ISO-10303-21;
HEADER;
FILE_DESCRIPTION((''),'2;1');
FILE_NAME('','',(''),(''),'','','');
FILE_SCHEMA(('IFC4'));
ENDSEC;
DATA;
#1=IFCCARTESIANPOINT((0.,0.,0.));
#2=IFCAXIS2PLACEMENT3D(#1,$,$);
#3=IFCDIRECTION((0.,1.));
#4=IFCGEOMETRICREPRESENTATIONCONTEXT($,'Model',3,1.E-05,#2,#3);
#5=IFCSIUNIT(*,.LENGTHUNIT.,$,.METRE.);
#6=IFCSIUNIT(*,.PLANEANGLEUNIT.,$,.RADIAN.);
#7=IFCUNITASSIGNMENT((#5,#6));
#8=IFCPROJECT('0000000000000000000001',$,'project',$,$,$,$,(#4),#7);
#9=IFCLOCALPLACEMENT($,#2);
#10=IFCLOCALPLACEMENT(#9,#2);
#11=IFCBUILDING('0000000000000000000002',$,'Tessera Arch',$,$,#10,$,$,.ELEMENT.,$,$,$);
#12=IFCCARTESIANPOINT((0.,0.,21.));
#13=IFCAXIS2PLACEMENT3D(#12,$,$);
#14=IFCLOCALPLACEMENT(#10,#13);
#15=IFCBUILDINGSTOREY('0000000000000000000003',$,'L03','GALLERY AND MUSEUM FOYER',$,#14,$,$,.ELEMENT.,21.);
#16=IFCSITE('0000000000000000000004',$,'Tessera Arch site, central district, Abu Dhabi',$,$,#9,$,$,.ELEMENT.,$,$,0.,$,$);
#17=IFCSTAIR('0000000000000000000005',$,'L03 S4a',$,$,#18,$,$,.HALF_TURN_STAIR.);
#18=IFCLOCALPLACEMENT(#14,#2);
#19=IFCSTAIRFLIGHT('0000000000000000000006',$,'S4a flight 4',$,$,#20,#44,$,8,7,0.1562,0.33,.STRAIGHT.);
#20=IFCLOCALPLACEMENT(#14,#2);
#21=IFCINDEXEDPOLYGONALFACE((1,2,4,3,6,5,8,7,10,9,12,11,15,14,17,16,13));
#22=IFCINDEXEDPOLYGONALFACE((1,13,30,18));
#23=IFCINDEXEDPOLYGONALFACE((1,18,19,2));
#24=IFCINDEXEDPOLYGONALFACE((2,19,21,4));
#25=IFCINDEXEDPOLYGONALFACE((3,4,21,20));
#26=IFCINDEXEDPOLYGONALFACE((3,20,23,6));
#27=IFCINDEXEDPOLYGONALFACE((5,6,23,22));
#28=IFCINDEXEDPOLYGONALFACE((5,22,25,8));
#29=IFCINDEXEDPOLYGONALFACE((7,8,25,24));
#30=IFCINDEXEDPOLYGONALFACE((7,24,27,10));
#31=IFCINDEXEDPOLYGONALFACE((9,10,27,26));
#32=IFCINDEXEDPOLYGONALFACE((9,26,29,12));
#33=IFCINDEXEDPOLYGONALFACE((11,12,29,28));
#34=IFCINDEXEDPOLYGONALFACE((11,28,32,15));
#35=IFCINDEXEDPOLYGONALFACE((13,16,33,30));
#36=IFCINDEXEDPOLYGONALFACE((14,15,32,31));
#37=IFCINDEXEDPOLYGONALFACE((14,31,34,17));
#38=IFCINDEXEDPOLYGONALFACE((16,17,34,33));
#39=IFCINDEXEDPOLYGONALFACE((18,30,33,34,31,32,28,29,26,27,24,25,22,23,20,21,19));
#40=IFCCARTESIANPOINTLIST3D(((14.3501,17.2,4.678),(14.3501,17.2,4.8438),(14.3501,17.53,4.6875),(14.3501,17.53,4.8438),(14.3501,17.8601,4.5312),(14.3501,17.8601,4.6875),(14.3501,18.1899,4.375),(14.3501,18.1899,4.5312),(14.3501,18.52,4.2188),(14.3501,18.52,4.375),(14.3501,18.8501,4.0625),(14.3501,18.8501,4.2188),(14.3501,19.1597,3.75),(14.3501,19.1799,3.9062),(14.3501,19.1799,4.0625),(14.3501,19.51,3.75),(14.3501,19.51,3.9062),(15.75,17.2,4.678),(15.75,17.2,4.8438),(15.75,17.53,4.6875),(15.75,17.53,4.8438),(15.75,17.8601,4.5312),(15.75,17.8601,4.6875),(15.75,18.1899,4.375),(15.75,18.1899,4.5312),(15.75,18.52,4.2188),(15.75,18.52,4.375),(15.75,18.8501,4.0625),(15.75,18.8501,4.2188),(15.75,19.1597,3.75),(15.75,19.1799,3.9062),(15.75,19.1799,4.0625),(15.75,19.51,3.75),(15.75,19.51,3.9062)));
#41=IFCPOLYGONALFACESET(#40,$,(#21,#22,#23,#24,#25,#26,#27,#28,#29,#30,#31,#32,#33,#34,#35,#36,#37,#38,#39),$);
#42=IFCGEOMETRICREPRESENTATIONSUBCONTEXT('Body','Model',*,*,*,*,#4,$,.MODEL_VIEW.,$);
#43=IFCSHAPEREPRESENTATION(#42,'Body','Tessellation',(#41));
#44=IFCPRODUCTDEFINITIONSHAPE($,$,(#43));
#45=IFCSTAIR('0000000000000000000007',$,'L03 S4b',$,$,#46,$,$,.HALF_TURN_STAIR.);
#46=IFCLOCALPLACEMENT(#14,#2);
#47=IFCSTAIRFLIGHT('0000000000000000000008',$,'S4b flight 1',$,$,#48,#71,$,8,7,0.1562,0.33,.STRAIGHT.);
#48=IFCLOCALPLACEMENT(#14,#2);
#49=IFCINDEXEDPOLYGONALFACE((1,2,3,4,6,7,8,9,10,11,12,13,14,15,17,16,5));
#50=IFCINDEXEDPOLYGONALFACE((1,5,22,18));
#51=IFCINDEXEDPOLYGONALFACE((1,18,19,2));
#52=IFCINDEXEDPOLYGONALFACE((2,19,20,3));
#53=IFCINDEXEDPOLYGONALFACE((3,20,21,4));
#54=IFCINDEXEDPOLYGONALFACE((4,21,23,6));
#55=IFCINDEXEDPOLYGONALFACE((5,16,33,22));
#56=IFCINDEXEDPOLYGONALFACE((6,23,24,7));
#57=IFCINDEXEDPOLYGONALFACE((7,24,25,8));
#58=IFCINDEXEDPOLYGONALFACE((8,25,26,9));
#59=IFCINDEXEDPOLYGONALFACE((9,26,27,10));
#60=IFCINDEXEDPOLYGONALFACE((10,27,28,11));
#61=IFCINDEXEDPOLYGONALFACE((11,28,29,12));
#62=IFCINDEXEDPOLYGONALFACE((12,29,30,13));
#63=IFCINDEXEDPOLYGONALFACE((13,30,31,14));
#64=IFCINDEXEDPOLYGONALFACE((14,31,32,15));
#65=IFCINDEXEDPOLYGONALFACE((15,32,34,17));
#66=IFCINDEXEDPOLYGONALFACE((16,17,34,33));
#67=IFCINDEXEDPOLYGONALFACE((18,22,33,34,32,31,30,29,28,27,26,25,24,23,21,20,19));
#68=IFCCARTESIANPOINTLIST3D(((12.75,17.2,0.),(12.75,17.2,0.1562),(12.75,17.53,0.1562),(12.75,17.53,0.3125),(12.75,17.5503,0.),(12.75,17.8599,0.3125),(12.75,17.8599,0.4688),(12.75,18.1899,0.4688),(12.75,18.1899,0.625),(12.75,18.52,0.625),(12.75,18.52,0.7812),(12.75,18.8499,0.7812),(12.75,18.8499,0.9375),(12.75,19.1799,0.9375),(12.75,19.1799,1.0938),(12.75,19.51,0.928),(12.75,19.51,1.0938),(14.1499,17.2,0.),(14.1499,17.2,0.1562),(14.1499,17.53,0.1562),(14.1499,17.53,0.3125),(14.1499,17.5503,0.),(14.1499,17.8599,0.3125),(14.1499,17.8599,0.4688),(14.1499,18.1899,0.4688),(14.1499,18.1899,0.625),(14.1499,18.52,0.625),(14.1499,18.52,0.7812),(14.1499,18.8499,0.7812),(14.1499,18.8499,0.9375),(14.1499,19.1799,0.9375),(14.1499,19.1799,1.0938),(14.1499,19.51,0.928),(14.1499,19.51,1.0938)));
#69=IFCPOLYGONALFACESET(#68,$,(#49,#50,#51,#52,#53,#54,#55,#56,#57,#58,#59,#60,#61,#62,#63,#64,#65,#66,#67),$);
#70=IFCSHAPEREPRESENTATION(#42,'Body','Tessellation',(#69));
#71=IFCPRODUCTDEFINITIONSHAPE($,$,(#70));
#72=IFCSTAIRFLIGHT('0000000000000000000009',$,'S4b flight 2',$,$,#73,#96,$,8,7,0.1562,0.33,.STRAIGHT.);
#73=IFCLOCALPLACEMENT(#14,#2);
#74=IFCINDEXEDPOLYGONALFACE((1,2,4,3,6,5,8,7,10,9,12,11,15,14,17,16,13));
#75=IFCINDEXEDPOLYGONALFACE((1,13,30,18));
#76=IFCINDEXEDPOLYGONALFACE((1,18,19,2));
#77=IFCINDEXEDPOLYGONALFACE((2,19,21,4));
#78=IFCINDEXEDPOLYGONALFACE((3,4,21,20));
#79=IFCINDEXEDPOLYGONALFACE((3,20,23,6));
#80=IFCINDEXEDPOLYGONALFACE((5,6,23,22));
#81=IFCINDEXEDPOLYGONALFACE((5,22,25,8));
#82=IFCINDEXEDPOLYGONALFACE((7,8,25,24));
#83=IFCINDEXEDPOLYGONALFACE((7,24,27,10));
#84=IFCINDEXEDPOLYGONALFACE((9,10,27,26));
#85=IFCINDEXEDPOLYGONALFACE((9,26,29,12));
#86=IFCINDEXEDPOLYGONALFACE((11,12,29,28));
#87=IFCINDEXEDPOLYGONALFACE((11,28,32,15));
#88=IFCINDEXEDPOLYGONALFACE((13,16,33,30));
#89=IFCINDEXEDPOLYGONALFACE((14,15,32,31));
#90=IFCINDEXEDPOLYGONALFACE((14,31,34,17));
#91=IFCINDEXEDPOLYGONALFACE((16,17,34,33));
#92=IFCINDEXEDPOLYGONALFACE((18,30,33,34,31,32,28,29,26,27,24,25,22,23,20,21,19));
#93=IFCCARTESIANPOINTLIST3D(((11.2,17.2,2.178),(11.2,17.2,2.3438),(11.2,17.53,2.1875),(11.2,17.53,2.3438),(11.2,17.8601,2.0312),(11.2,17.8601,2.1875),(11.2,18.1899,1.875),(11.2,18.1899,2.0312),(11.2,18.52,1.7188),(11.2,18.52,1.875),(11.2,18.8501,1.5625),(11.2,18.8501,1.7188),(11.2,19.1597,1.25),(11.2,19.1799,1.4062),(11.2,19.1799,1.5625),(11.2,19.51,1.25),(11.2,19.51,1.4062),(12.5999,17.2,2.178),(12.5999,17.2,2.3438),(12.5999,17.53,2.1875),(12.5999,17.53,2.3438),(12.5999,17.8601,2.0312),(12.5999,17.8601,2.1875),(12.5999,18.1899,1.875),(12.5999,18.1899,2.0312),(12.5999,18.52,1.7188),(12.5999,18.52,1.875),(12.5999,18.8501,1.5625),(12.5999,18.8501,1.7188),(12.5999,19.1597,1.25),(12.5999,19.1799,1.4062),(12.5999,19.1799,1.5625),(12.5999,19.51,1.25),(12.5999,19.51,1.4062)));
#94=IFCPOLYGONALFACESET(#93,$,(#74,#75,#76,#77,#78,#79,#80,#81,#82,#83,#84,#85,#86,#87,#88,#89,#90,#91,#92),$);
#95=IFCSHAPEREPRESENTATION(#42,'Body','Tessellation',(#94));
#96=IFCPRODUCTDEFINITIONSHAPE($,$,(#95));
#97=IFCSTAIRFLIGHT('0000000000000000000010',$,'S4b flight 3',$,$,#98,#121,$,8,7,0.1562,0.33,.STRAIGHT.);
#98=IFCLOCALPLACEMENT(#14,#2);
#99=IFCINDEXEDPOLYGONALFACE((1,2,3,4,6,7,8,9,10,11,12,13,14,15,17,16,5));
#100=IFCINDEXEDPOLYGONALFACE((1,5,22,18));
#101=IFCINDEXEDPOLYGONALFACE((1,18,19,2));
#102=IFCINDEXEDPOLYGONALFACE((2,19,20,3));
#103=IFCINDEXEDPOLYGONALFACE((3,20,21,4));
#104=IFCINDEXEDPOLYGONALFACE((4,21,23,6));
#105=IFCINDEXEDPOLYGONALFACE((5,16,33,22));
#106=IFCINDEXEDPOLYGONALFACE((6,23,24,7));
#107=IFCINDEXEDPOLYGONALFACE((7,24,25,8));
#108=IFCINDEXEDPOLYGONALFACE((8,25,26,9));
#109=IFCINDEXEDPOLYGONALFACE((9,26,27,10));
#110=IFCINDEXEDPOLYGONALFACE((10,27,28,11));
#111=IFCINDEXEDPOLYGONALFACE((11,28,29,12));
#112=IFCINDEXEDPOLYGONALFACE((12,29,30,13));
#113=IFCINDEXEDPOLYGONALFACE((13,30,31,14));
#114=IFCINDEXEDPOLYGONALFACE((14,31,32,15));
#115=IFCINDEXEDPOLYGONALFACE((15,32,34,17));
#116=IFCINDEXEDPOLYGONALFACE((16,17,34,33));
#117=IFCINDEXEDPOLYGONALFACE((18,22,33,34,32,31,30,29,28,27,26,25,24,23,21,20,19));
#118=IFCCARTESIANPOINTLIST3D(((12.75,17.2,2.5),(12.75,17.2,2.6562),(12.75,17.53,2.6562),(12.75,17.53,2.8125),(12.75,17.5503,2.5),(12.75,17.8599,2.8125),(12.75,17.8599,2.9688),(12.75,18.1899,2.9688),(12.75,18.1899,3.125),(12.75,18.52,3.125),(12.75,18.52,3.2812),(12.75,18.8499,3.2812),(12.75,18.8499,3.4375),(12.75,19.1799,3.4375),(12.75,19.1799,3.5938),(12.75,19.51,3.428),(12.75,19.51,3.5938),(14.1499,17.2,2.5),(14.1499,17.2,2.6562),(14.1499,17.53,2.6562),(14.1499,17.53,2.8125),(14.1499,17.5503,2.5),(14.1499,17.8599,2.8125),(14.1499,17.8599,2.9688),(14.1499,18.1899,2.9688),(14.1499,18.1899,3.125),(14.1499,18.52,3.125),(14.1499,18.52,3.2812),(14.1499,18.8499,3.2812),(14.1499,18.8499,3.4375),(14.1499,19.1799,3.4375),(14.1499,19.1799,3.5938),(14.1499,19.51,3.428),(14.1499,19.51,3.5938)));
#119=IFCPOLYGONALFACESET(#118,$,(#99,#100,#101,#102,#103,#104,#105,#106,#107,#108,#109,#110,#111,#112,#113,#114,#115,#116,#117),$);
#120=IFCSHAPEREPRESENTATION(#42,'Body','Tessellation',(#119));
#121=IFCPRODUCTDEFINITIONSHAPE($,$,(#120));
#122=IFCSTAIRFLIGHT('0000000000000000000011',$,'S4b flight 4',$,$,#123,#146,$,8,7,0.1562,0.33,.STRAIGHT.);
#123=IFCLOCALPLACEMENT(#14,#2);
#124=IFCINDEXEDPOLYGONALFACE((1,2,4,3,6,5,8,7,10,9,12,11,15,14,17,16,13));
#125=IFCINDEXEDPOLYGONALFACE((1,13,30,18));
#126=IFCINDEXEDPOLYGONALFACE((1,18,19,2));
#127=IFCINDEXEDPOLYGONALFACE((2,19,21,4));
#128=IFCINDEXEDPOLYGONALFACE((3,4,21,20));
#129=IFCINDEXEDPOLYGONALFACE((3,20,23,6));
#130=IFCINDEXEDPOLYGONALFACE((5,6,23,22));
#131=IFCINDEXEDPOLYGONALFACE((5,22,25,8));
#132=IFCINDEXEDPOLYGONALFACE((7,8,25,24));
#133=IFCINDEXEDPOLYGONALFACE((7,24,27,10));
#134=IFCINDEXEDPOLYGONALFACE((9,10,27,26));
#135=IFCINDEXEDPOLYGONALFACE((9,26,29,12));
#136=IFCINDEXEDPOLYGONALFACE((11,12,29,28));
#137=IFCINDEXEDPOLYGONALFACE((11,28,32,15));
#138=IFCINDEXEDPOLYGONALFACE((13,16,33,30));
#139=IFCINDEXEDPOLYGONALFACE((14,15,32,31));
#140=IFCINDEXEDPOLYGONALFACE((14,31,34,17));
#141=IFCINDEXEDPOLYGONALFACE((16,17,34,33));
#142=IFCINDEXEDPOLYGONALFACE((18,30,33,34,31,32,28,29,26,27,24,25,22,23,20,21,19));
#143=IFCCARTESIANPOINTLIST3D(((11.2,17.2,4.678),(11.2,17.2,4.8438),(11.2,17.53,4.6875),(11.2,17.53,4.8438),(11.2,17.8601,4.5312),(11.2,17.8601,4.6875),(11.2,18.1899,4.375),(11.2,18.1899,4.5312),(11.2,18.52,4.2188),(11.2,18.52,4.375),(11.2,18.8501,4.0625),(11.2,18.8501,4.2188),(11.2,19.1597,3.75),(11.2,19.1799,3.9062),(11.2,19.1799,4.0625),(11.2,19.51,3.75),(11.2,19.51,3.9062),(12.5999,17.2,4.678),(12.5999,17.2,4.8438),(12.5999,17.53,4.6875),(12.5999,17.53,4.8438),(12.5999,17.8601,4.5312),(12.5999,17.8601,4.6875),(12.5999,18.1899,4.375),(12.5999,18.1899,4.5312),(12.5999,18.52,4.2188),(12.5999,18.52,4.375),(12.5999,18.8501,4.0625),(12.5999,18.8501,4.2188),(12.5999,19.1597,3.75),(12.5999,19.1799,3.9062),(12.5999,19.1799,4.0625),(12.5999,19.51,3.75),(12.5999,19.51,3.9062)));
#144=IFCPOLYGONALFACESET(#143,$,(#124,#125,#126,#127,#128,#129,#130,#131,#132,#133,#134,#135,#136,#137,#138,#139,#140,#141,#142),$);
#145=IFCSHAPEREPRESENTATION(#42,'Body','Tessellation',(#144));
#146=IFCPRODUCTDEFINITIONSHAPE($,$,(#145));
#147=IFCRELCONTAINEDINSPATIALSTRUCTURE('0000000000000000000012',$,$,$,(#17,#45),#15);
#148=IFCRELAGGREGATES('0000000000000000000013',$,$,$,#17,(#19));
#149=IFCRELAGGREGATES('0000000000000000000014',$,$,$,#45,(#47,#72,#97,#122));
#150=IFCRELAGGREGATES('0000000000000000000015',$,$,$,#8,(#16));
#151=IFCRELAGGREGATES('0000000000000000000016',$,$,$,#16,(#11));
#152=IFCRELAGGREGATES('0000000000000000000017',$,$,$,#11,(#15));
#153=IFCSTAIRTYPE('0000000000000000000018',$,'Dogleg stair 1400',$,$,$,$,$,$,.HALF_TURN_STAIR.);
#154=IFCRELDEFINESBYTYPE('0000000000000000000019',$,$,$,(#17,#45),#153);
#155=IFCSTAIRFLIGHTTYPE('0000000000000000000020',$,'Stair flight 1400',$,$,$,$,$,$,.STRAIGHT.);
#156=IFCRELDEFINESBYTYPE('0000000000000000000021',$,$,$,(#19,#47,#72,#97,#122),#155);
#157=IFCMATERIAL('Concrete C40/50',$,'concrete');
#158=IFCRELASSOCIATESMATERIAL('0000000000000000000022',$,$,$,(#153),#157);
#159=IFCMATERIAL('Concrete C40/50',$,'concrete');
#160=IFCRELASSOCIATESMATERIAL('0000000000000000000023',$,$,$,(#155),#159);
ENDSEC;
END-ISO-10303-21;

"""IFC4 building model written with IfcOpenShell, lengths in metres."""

from ifc_helpers import new_model, si_unit, direction, frame, origin, place, context, subcontext, project, spatial, polyline, outline, extrude, material, type_object, element, aggregate, save


model = new_model("IFC4")

# Units and contexts
model_context = context("Model", 3, precision=1e-05, world=origin(), true_north=direction((0.0, 1.0)))
body_context = subcontext(model_context, "Body", "Model", "MODEL_VIEW")
ifc_project = project(units=[si_unit("LENGTHUNIT", "METRE"), si_unit("PLANEANGLEUNIT", "RADIAN")], contexts=[model_context])

# Site, building, storey
site_placement = place(None, origin())
site = spatial("IfcSite", under=ifc_project, at=site_placement, Name="Tessera Arch site, central district, Abu Dhabi", CompositionType="ELEMENT", RefElevation=0.0)
building_placement = place(site_placement, origin())
building = spatial("IfcBuilding", under=site, at=building_placement, Name="Tessera Arch", CompositionType="ELEMENT")
storey_placement = place(building_placement, frame((0.0, 0.0, 21.0)))
storey = spatial("IfcBuildingStorey", under=building, at=storey_placement, Name="L03", Description="GALLERY AND MUSEUM FOYER", CompositionType="ELEMENT", Elevation=21.0)

# Stairs, stair flights
ifc_material_1 = material(Name="Concrete C40/50", Category="concrete")
stair_type = type_object("IfcStairType", Name="Dogleg stair 1400", PredefinedType="HALF_TURN_STAIR", material=ifc_material_1)
stair_1_placement = place(storey_placement, origin())
stair_1 = element("IfcStair", 1, at=stair_1_placement, inside=storey, type_object=stair_type, Name="L03 S4a", PredefinedType="HALF_TURN_STAIR")
ifc_material_2 = material(Name="Concrete C40/50", Category="concrete")
stair_flight_type = type_object("IfcStairFlightType", Name="Stair flight 1400", PredefinedType="STRAIGHT", material=ifc_material_2)
stair_flight_1_placement = place(storey_placement, frame((15.05, 19.51, 3.75), z_axis=(0.0, 0.0, 1.0), x_axis=(0.0, -1.0, 0.0)))
stair_flight_1 = element("IfcStairFlight", 2, at=stair_flight_1_placement, type_object=stair_flight_type, Name="S4a flight 4", NumberOfRisers=8, NumberOfTreads=7, PredefinedType="STRAIGHT", RiserHeight=0.1562, TreadLength=0.33, context=body_context, shape_type="SweptSolid", body=[
    extrude(outline(polyline([(0.0, 0.0), (0.0, 0.1562), (0.3301, 0.1562), (0.3301, 0.3125), (0.6599, 0.3125), (0.6599, 0.4688), (0.99, 0.4688), (0.99, 0.625), (1.3201, 0.625), (1.3201, 0.7812), (1.6499, 0.7812), (1.6499, 0.9375), (1.98, 0.9375), (1.98, 1.0938), (2.3101, 1.0938), (2.3101, 1.25), (2.3101, 0.928), (0.3503, 0.0), (0.0, 0.0)])), frame((0.0, 0.7, 0.0), z_axis=(0.0, -1.0, 0.0), x_axis=(1.0, 0.0, 0.0)), (0.0, 0.0, 1.0), 1.3999),
])
aggregate(stair_1, [stair_flight_1])
stair_2_placement = place(storey_placement, origin())
stair_2 = element("IfcStair", 3, at=stair_2_placement, inside=storey, type_object=stair_type, Name="L03 S4b", PredefinedType="HALF_TURN_STAIR")
stair_flight_2_placement = place(storey_placement, frame((13.45, 17.2, 0.0), z_axis=(0.0, 0.0, 1.0), x_axis=(0.0, 1.0, 0.0)))
stair_flight_2 = element("IfcStairFlight", 4, at=stair_flight_2_placement, type_object=stair_flight_type, Name="S4b flight 1", NumberOfRisers=8, NumberOfTreads=7, PredefinedType="STRAIGHT", RiserHeight=0.1562, TreadLength=0.33, context=body_context, shape_type="SweptSolid", body=[
    extrude(outline(polyline([(0.0, 0.0), (0.0, 0.1562), (0.3301, 0.1562), (0.3301, 0.3125), (0.6599, 0.3125), (0.6599, 0.4688), (0.99, 0.4688), (0.99, 0.625), (1.3201, 0.625), (1.3201, 0.7812), (1.6499, 0.7812), (1.6499, 0.9375), (1.98, 0.9375), (1.98, 1.0938), (2.3101, 1.0938), (2.3101, 1.25), (2.3101, 0.928), (0.3503, 0.0), (0.0, 0.0)])), frame((0.0, 0.7, 0.0), z_axis=(0.0, -1.0, 0.0), x_axis=(1.0, 0.0, 0.0)), (0.0, 0.0, 1.0), 1.3999),
])
stair_flight_3_placement = place(storey_placement, frame((11.8999, 19.51, 1.25), z_axis=(0.0, 0.0, 1.0), x_axis=(0.0, -1.0, 0.0)))
stair_flight_3 = element("IfcStairFlight", 5, at=stair_flight_3_placement, type_object=stair_flight_type, Name="S4b flight 2", NumberOfRisers=8, NumberOfTreads=7, PredefinedType="STRAIGHT", RiserHeight=0.1562, TreadLength=0.33, context=body_context, shape_type="SweptSolid", body=[
    extrude(outline(polyline([(0.0, 0.0), (0.0, 0.1562), (0.3301, 0.1562), (0.3301, 0.3125), (0.6599, 0.3125), (0.6599, 0.4688), (0.99, 0.4688), (0.99, 0.625), (1.3201, 0.625), (1.3201, 0.7812), (1.6499, 0.7812), (1.6499, 0.9375), (1.98, 0.9375), (1.98, 1.0938), (2.3101, 1.0938), (2.3101, 1.25), (2.3101, 0.928), (0.3503, 0.0), (0.0, 0.0)])), frame((0.0, 0.7, 0.0), z_axis=(0.0, -1.0, 0.0), x_axis=(1.0, 0.0, 0.0)), (0.0, 0.0, 1.0), 1.3999),
])
stair_flight_4_placement = place(storey_placement, frame((13.45, 17.2, 2.5), z_axis=(0.0, 0.0, 1.0), x_axis=(0.0, 1.0, 0.0)))
stair_flight_4 = element("IfcStairFlight", 6, at=stair_flight_4_placement, type_object=stair_flight_type, Name="S4b flight 3", NumberOfRisers=8, NumberOfTreads=7, PredefinedType="STRAIGHT", RiserHeight=0.1562, TreadLength=0.33, context=body_context, shape_type="SweptSolid", body=[
    extrude(outline(polyline([(0.0, 0.0), (0.0, 0.1562), (0.3301, 0.1562), (0.3301, 0.3125), (0.6599, 0.3125), (0.6599, 0.4688), (0.99, 0.4688), (0.99, 0.625), (1.3201, 0.625), (1.3201, 0.7812), (1.6499, 0.7812), (1.6499, 0.9375), (1.98, 0.9375), (1.98, 1.0938), (2.3101, 1.0938), (2.3101, 1.25), (2.3101, 0.928), (0.3503, 0.0), (0.0, 0.0)])), frame((0.0, 0.7, 0.0), z_axis=(0.0, -1.0, 0.0), x_axis=(1.0, 0.0, 0.0)), (0.0, 0.0, 1.0), 1.3999),
])
stair_flight_5_placement = place(storey_placement, frame((11.8999, 19.51, 3.75), z_axis=(0.0, 0.0, 1.0), x_axis=(0.0, -1.0, 0.0)))
stair_flight_5 = element("IfcStairFlight", 7, at=stair_flight_5_placement, type_object=stair_flight_type, Name="S4b flight 4", NumberOfRisers=8, NumberOfTreads=7, PredefinedType="STRAIGHT", RiserHeight=0.1562, TreadLength=0.33, context=body_context, shape_type="SweptSolid", body=[
    extrude(outline(polyline([(0.0, 0.0), (0.0, 0.1562), (0.3301, 0.1562), (0.3301, 0.3125), (0.6599, 0.3125), (0.6599, 0.4688), (0.99, 0.4688), (0.99, 0.625), (1.3201, 0.625), (1.3201, 0.7812), (1.6499, 0.7812), (1.6499, 0.9375), (1.98, 0.9375), (1.98, 1.0938), (2.3101, 1.0938), (2.3101, 1.25), (2.3101, 0.928), (0.3503, 0.0), (0.0, 0.0)])), frame((0.0, 0.7, 0.0), z_axis=(0.0, -1.0, 0.0), x_axis=(1.0, 0.0, 0.0)), (0.0, 0.0, 1.0), 1.3999),
])
aggregate(stair_2, [stair_flight_2, stair_flight_3, stair_flight_4, stair_flight_5])

save(model, "model.ifc")
